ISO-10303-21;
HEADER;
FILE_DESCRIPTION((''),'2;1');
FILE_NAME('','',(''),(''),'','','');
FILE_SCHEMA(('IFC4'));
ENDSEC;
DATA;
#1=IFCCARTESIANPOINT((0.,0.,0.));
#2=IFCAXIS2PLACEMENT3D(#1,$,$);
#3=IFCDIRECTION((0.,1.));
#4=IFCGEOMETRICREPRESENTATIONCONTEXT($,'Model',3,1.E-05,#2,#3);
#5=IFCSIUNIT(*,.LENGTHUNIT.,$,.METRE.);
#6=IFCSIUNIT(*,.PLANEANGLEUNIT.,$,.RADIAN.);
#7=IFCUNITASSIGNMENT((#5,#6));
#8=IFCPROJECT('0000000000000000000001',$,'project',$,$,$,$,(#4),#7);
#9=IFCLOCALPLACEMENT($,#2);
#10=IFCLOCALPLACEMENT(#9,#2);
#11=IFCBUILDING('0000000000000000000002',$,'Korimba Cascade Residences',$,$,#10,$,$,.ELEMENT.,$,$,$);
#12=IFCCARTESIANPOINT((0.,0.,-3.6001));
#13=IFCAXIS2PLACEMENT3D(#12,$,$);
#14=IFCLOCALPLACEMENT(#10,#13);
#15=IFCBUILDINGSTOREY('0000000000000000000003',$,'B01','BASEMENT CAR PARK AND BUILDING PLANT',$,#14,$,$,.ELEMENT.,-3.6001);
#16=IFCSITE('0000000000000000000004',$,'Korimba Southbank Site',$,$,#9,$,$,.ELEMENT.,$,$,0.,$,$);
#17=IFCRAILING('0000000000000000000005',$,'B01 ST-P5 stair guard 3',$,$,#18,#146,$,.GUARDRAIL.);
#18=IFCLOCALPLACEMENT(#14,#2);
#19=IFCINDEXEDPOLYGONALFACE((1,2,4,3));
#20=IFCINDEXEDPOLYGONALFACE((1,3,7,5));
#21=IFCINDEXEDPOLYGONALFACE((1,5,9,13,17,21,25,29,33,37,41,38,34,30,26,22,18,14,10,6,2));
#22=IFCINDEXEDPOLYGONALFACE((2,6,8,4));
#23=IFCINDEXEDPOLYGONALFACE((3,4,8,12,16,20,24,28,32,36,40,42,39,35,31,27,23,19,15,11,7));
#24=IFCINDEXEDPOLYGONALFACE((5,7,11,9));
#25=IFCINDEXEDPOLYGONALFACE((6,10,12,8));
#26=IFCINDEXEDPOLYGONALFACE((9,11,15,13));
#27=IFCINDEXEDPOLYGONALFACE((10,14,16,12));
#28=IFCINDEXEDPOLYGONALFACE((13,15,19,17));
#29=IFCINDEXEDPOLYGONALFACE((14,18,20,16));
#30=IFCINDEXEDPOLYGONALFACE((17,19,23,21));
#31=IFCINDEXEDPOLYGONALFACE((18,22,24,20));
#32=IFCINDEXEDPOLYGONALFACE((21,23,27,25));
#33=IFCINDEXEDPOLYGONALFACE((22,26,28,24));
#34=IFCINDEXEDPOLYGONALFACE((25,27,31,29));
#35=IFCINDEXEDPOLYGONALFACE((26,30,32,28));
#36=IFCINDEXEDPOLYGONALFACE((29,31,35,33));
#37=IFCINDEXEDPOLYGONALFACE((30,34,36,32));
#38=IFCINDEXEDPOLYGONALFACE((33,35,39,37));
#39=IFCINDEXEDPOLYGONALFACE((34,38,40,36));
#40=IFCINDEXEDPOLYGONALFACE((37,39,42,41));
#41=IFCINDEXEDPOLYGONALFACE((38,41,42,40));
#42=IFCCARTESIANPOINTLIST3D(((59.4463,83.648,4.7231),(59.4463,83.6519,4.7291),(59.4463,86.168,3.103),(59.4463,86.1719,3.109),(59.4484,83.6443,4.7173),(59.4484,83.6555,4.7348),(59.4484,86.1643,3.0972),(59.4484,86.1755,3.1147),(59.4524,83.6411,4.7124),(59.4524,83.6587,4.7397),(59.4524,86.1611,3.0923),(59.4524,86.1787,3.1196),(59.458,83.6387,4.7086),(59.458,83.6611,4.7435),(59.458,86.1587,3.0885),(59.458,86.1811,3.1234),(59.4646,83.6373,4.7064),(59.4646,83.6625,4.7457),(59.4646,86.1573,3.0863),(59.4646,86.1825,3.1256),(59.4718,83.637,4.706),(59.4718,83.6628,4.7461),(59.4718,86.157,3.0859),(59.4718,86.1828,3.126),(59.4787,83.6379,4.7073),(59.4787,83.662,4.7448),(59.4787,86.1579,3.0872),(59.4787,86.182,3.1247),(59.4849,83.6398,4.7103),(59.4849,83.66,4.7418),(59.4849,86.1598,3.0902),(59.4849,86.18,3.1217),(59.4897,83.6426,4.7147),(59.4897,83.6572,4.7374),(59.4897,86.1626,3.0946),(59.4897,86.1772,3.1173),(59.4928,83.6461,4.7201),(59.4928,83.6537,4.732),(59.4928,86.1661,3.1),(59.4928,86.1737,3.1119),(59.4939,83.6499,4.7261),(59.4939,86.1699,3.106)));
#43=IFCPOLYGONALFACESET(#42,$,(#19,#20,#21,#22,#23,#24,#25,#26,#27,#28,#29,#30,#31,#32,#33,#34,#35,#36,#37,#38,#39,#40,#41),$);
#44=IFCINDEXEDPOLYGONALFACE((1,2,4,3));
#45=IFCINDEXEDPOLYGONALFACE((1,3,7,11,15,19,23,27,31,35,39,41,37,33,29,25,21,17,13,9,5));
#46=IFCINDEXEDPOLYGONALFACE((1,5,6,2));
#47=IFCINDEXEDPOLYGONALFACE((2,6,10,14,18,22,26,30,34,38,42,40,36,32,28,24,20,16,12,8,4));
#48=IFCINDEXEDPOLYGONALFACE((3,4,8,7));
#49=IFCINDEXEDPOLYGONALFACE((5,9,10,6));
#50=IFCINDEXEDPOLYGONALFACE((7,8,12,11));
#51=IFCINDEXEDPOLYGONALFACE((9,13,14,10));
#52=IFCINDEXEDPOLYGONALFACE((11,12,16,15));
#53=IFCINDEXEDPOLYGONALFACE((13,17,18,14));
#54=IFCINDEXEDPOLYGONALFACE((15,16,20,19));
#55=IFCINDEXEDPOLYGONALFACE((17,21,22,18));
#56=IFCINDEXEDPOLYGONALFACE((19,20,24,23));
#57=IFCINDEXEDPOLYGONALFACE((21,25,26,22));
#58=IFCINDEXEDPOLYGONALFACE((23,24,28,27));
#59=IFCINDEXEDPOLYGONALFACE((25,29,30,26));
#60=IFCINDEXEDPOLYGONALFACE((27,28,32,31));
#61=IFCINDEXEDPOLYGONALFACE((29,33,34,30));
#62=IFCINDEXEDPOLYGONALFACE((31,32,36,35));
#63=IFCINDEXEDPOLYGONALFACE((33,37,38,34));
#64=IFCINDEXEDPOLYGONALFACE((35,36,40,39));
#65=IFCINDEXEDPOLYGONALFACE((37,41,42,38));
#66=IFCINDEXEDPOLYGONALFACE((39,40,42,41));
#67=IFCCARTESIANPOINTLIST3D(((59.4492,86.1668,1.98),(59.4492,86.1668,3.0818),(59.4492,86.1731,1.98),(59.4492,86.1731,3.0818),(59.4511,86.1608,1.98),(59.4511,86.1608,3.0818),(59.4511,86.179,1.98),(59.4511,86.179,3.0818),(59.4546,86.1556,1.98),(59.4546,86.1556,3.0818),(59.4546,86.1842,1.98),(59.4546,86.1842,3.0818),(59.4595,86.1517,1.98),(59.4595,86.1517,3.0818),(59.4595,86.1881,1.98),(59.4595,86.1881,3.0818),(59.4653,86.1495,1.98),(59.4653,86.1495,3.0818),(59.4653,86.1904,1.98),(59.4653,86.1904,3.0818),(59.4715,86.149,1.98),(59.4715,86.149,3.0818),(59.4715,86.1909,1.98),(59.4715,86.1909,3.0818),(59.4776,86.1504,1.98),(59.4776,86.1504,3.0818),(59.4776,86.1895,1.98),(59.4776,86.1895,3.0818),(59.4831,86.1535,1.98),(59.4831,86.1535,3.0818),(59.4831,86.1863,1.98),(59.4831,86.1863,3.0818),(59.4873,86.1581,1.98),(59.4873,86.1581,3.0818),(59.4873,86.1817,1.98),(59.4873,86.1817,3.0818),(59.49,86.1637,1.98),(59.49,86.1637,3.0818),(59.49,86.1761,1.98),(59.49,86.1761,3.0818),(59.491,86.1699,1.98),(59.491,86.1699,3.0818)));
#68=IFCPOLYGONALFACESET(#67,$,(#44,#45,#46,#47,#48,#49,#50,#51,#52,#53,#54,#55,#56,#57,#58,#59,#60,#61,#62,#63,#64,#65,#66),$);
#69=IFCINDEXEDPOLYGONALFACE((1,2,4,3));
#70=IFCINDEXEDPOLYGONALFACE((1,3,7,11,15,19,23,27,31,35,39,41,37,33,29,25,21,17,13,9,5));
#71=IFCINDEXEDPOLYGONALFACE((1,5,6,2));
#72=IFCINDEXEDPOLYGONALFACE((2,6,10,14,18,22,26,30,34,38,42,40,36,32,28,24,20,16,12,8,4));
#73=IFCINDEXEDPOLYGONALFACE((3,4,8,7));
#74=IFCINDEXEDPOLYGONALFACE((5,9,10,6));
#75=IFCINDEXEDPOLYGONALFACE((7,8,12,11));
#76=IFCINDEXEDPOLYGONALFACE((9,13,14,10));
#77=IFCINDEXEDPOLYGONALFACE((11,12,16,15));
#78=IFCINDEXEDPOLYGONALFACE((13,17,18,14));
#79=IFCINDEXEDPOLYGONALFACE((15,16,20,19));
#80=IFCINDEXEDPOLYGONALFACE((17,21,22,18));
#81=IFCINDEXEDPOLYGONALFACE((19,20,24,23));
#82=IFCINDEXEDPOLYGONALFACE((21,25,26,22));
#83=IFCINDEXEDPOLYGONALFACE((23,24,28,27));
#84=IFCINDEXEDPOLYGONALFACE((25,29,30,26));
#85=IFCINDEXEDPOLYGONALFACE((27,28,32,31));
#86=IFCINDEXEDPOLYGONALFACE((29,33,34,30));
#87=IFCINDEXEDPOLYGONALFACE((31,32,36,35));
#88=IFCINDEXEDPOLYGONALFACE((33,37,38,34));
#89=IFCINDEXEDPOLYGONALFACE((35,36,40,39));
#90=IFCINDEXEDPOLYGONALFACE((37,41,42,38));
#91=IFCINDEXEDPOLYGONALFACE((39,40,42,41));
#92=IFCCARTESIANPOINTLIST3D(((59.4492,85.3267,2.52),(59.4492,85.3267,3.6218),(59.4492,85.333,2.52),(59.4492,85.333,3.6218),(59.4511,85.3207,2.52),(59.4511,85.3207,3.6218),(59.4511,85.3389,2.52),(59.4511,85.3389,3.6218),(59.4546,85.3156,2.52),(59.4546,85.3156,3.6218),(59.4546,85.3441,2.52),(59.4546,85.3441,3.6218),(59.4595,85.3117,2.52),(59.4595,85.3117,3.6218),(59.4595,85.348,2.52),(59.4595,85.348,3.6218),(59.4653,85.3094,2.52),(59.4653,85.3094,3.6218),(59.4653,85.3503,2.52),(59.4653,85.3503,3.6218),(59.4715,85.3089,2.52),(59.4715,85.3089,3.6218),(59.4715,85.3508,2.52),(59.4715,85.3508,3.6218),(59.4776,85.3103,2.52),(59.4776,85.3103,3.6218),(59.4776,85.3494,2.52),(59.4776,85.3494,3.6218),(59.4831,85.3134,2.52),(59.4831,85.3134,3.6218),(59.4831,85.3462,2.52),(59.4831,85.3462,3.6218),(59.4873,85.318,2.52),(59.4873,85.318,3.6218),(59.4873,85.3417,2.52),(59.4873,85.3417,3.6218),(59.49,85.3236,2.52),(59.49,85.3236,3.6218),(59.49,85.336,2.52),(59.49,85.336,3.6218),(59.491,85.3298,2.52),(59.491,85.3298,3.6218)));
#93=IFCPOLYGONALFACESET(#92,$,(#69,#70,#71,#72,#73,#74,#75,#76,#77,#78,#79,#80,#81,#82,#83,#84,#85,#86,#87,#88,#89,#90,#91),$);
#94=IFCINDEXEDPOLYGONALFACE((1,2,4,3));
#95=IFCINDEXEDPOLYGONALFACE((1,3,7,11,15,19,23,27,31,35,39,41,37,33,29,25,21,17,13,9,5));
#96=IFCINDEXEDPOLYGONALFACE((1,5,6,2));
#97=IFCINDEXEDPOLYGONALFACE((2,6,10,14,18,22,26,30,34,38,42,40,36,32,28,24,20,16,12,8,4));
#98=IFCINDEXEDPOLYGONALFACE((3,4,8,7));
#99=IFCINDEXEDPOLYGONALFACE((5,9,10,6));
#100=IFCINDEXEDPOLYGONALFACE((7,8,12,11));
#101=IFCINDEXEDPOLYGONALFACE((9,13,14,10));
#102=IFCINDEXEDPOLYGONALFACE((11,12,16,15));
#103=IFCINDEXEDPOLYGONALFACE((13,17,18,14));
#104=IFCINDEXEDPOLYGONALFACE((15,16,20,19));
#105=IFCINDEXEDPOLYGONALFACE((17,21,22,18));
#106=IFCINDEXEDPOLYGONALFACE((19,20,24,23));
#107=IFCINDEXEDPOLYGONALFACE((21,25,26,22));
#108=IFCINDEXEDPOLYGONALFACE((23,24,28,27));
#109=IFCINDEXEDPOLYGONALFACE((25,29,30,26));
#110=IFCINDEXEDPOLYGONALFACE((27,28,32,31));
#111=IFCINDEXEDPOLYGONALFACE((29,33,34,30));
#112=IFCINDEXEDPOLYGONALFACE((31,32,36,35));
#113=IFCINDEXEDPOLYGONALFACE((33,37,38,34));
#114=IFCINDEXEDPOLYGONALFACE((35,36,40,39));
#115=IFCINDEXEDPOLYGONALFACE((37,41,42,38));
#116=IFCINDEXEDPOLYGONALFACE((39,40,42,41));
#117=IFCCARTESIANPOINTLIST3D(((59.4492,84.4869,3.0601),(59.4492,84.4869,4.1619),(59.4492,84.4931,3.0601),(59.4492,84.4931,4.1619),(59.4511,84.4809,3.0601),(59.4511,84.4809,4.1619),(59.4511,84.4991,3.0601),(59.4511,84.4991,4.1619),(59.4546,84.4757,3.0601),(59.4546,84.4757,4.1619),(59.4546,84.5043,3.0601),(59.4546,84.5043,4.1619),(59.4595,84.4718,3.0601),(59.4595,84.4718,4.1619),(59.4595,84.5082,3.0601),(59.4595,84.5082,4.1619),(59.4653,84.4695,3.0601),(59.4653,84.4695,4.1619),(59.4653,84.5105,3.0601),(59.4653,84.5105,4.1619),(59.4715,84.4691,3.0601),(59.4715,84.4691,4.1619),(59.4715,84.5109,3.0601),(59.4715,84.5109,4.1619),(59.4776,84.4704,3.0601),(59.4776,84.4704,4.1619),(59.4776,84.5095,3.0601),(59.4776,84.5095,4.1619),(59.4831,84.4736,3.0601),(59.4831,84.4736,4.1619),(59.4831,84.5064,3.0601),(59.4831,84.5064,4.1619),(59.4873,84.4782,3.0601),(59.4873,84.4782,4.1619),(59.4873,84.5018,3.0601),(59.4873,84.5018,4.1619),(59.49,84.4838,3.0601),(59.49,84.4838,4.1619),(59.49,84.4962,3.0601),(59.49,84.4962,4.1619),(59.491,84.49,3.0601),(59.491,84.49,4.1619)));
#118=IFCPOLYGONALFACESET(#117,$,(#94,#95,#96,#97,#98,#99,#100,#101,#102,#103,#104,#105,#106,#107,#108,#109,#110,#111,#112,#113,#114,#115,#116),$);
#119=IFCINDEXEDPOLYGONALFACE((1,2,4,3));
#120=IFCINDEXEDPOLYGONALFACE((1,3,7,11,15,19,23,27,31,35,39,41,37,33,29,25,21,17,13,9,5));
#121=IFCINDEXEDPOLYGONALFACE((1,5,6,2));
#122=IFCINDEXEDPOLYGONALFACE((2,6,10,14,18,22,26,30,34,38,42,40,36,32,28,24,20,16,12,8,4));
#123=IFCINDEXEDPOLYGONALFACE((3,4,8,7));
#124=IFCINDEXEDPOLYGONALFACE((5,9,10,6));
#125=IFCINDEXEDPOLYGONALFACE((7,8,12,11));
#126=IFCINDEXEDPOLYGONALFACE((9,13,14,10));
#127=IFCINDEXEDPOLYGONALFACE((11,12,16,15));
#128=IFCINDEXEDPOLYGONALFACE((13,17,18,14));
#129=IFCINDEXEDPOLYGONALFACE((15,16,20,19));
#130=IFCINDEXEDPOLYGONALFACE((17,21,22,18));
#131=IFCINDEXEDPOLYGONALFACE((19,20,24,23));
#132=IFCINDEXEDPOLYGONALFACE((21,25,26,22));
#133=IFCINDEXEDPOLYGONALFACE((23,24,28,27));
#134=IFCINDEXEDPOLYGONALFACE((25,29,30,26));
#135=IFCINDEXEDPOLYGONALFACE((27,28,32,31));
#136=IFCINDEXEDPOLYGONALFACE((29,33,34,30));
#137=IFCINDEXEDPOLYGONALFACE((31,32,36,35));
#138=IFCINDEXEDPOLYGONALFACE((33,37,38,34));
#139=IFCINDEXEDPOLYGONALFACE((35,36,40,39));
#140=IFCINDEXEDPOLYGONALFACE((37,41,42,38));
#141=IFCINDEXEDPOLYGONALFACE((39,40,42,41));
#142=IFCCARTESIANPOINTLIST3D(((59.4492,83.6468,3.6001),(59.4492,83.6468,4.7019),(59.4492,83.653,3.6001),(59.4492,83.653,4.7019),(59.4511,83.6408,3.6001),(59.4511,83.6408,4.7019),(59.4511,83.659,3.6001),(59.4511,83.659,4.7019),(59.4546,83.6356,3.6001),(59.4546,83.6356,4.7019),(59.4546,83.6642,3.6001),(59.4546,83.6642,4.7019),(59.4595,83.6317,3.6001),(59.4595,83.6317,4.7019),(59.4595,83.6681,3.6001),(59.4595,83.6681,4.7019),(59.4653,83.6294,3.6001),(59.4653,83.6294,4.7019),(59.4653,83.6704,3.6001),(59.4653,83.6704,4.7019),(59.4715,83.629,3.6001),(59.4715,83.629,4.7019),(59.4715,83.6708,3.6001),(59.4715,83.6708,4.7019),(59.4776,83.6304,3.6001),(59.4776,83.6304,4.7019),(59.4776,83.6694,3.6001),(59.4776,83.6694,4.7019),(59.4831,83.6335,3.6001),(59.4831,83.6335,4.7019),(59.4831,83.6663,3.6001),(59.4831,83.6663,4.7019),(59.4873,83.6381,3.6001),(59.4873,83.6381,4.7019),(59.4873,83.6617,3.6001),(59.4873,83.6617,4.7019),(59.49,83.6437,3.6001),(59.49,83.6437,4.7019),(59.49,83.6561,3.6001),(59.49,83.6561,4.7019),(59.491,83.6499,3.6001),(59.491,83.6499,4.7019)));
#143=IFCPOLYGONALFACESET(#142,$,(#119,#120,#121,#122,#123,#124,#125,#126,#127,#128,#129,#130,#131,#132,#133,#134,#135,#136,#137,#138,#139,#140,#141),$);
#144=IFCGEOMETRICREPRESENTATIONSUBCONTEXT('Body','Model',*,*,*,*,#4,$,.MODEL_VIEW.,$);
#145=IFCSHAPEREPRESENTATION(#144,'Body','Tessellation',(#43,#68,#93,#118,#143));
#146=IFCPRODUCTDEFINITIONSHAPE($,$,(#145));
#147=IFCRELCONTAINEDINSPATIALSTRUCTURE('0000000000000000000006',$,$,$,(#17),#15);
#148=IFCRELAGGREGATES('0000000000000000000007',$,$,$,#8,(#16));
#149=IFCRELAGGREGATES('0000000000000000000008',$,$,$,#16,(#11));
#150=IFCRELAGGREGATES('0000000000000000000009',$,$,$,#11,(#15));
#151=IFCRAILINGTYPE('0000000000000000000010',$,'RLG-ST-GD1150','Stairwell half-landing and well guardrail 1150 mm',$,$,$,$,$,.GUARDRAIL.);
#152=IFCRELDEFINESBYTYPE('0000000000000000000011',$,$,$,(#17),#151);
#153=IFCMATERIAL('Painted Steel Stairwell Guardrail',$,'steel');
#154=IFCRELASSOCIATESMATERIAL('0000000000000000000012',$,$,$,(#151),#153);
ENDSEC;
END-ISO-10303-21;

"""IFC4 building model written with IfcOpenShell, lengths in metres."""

from ifc_helpers import new_model, si_unit, direction, frame, origin, origin_2d, place, context, subcontext, project, spatial, circle, extrude, material, type_object, element, save


model = new_model("IFC4")

# Units and contexts
model_context = context("Model", 3, precision=1e-05, world=origin(), true_north=direction((0.0, 1.0)))
body_context = subcontext(model_context, "Body", "Model", "MODEL_VIEW")
ifc_project = project(units=[si_unit("LENGTHUNIT", "METRE"), si_unit("PLANEANGLEUNIT", "RADIAN")], contexts=[model_context])

# Site, building, storey
site_placement = place(None, origin())
site = spatial("IfcSite", under=ifc_project, at=site_placement, Name="Korimba Southbank Site", CompositionType="ELEMENT", RefElevation=0.0)
building_placement = place(site_placement, origin())
building = spatial("IfcBuilding", under=site, at=building_placement, Name="Korimba Cascade Residences", CompositionType="ELEMENT")
storey_placement = place(building_placement, frame((0.0, 0.0, -3.6001)))
storey = spatial("IfcBuildingStorey", under=building, at=storey_placement, Name="B01", Description="BASEMENT CAR PARK AND BUILDING PLANT", CompositionType="ELEMENT", Elevation=-3.6001)

# Railing
ifc_material_1 = material(Name="Painted Steel Stairwell Guardrail", Category="steel")
railing_type_1 = type_object("IfcRailingType", Name="RLG-ST-GD1150", Description="Stairwell half-landing and well guardrail 1150 mm", PredefinedType="GUARDRAIL", material=ifc_material_1)
railing_1_placement = place(storey_placement, frame((59.47, 86.1699, 1.98)))
element("IfcRailing", 1, at=railing_1_placement, inside=storey, type_object=railing_type_1, Name="B01 ST-P5 stair guard 3", PredefinedType="GUARDRAIL", context=body_context, shape_type="SweptSolid", body=[
    extrude(circle(Radius=0.0239, at=origin_2d()), frame((0.0, 0.0, 1.126), z_axis=(0.0, -0.841163, 0.540782), x_axis=(1.0, 0.0, 0.0)), (0.0, 0.0, 1.0), 2.9958),
    extrude(circle(Radius=0.021, at=origin_2d()), origin(), (0.0, 0.0, 1.0), 1.1018),
    extrude(circle(Radius=0.021, at=origin_2d()), frame((0.0, -0.8401, 0.54)), (0.0, 0.0, 1.0), 1.1018),
    extrude(circle(Radius=0.021, at=origin_2d()), frame((0.0, -1.6799, 1.0801)), (0.0, 0.0, 1.0), 1.1018),
    extrude(circle(Radius=0.021, at=origin_2d()), frame((0.0, -2.52, 1.6201)), (0.0, 0.0, 1.0), 1.1018),
])

save(model, "model.ifc")
